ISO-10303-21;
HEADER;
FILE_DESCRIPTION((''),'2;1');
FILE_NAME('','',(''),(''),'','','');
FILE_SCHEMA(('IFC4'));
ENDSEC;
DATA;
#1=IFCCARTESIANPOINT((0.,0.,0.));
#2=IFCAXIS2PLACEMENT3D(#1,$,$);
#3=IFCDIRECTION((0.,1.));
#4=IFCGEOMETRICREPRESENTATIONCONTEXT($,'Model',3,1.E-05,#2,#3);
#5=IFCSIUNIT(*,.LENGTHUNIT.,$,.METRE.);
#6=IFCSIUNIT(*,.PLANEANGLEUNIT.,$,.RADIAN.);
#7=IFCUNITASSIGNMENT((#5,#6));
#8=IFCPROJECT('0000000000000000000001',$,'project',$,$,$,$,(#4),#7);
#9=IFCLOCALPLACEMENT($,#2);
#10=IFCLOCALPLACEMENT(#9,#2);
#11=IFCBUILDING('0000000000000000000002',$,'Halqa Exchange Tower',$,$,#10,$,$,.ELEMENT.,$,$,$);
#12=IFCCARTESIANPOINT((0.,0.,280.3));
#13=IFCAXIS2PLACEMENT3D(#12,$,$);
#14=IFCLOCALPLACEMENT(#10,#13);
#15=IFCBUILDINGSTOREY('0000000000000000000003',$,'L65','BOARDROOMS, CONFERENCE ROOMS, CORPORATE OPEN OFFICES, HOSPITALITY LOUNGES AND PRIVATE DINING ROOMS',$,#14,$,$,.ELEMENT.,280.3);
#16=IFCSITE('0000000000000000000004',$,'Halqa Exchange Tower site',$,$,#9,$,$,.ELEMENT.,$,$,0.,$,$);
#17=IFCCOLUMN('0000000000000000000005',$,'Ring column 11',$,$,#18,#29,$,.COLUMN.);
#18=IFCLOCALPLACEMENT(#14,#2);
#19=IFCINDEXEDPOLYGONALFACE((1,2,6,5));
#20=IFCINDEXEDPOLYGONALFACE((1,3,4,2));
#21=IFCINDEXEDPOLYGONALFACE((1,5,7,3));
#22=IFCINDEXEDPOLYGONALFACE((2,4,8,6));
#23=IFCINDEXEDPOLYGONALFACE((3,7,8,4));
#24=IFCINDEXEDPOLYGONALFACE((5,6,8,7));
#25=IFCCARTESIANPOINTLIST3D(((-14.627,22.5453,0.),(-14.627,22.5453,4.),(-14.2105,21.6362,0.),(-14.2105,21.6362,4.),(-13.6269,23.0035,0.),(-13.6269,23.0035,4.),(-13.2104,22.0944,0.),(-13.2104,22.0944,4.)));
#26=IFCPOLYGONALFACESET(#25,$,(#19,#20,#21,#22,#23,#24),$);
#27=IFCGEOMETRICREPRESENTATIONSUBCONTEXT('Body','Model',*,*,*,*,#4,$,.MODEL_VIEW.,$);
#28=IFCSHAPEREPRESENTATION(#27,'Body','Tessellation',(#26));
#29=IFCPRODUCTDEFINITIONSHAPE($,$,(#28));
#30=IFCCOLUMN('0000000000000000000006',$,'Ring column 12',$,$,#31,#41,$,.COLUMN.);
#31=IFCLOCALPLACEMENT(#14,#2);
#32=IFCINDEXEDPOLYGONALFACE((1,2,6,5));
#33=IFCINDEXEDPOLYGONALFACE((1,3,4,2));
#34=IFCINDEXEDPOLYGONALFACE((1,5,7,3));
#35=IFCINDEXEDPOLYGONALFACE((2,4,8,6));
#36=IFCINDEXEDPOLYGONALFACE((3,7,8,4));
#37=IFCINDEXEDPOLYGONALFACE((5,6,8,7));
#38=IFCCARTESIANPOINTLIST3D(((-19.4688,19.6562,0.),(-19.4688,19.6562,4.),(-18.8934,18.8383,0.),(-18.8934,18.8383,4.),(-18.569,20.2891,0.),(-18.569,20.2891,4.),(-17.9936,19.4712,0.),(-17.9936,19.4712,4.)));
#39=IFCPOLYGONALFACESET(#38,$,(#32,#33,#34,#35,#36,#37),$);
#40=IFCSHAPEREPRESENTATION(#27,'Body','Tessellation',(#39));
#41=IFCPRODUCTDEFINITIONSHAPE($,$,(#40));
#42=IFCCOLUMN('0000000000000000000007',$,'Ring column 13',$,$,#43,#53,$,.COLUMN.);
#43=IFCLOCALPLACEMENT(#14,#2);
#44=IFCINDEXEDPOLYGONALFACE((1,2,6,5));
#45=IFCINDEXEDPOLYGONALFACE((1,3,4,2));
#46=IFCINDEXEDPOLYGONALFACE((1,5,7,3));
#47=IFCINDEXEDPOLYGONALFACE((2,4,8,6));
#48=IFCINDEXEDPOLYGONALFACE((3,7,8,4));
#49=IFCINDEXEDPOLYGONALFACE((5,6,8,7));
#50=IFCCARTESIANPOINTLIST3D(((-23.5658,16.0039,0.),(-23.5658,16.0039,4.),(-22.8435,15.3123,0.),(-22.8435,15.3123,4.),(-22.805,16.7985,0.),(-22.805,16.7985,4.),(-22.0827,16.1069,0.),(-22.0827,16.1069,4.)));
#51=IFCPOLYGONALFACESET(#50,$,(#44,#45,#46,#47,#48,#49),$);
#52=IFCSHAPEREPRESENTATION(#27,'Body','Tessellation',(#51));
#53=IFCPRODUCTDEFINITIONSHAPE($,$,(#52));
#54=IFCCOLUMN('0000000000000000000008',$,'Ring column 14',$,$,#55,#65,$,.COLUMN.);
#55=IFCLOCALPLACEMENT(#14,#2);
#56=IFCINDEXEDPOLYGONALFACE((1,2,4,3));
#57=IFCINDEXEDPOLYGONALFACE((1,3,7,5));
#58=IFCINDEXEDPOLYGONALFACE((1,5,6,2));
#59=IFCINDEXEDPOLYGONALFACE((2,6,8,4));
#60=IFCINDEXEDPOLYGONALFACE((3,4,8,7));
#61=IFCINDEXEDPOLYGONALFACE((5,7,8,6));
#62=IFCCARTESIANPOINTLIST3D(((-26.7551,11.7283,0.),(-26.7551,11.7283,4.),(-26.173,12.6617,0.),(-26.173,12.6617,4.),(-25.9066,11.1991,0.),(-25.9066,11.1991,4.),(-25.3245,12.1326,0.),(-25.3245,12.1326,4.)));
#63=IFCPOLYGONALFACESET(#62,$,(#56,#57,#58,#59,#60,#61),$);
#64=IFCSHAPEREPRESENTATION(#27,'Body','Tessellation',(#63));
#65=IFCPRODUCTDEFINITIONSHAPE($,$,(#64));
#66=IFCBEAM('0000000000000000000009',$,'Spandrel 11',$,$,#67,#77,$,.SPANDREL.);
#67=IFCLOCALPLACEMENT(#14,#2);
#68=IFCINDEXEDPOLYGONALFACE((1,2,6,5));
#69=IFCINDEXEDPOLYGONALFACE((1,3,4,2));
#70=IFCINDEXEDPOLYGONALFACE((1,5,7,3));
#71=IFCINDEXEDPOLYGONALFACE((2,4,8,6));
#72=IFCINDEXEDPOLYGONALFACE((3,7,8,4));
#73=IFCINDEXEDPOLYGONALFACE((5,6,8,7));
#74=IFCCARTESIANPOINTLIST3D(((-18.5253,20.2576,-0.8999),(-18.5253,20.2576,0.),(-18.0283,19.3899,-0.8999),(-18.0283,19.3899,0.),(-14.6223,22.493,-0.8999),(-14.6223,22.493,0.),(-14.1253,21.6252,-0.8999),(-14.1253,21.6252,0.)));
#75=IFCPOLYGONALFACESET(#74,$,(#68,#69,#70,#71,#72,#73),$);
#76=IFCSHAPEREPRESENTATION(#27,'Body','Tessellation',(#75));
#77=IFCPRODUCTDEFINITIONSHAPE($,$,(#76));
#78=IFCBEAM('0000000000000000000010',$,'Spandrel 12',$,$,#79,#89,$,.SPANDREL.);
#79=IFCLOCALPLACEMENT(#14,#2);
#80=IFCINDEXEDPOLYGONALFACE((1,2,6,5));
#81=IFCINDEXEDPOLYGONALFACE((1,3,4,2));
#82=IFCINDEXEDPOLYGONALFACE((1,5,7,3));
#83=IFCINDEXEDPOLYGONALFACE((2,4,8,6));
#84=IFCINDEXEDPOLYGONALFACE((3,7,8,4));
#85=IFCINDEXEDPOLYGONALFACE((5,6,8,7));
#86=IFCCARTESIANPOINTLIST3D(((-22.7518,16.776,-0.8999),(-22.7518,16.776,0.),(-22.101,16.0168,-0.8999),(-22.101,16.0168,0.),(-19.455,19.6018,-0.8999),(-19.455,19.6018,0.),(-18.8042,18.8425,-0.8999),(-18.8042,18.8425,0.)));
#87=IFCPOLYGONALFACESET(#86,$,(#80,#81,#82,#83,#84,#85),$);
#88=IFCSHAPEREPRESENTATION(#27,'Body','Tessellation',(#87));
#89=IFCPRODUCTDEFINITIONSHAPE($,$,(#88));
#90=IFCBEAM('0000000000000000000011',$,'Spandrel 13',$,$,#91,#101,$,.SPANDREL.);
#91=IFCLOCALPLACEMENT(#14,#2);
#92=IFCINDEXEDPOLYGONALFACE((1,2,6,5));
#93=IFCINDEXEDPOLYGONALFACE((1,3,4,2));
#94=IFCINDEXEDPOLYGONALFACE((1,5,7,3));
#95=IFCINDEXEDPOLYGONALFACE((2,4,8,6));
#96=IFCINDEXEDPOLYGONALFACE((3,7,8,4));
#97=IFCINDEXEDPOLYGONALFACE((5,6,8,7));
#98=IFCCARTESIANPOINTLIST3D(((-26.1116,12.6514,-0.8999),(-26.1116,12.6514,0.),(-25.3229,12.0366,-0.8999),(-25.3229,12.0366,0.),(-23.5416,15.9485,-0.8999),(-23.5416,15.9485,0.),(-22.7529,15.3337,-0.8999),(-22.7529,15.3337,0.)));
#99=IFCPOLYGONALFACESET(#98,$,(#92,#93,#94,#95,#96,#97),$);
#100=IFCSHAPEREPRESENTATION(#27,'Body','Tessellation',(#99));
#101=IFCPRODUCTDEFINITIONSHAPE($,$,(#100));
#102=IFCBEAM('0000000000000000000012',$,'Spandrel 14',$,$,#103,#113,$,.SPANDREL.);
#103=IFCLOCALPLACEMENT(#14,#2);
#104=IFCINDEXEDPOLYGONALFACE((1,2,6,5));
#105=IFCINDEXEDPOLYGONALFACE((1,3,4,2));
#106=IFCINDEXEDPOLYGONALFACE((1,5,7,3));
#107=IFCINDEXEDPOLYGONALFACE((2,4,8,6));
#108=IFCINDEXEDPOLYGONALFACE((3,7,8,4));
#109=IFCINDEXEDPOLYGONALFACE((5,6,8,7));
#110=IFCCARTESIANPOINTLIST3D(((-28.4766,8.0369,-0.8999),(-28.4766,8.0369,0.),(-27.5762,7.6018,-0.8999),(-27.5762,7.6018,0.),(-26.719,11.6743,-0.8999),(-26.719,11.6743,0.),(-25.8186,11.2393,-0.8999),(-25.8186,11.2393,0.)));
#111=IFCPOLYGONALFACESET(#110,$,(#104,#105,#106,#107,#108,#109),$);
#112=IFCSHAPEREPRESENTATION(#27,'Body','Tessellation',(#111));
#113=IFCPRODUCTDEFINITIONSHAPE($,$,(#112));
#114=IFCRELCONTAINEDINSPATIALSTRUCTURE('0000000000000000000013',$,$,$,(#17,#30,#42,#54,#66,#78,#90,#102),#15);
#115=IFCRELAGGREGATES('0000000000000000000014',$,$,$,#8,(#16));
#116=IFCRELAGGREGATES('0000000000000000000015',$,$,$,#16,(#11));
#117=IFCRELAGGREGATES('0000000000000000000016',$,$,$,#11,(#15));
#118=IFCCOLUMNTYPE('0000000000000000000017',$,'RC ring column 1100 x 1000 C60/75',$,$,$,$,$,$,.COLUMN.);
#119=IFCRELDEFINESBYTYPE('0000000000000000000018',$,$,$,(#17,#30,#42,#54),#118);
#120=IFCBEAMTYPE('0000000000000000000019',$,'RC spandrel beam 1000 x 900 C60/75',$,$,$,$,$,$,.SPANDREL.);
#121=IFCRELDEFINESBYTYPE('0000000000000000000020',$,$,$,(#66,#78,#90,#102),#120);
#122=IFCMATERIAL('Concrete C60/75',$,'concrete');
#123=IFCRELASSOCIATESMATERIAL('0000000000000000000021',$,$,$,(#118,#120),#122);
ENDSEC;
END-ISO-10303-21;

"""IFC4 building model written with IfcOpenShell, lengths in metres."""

from ifc_helpers import new_model, si_unit, direction, frame, origin, origin_2d, place, context, subcontext, project, spatial, rectangle, extrude, material, material_profile, profile_set, type_object, element, save


model = new_model("IFC4")

# Units and contexts
model_context = context("Model", 3, precision=1e-05, world=origin(), true_north=direction((0.0, 1.0)))
body_context = subcontext(model_context, "Body", "Model", "MODEL_VIEW")
ifc_project = project(units=[si_unit("LENGTHUNIT", "METRE"), si_unit("PLANEANGLEUNIT", "RADIAN")], contexts=[model_context])

# Site, building, storey
site_placement = place(None, origin())
site = spatial("IfcSite", under=ifc_project, at=site_placement, Name="Halqa Exchange Tower site", CompositionType="ELEMENT", RefElevation=0.0)
building_placement = place(site_placement, origin())
building = spatial("IfcBuilding", under=site, at=building_placement, Name="Halqa Exchange Tower", CompositionType="ELEMENT")
storey_placement = place(building_placement, frame((0.0, 0.0, 280.3)))
storey = spatial("IfcBuildingStorey", under=building, at=storey_placement, Name="L65", Description="BOARDROOMS, CONFERENCE ROOMS, CORPORATE OPEN OFFICES, HOSPITALITY LOUNGES AND PRIVATE DINING ROOMS", CompositionType="ELEMENT", Elevation=280.3)

# Columns
ifc_material_1 = material(Name="Concrete C60/75", Category="concrete")
ifc_material_profile_1 = material_profile(ifc_material_1, rectangle(XDim=1.1001, YDim=1.0, at=origin_2d()), Name="1100 x 1000")
ifc_profile_set_1 = profile_set([ifc_material_profile_1], Name="Concrete C60/75")
column_type = type_object("IfcColumnType", Name="RC ring column 1100 x 1000 C60/75", PredefinedType="COLUMN", material=ifc_profile_set_1)
for number, where, z_axis, x_axis, name in (
    (1, (-13.9187, 22.3198, 0.0), (0.0, 0.0, 1.0), (-0.909129, -0.416514, 0.0), "Ring column 11"),
    (2, (-18.7312, 19.5637, 0.0), (0.0, 0.0, 1.0), (-0.817907, -0.575351, 0.0), "Ring column 12"),
    (3, (-22.8242, 16.0554, 0.0), (0.0, 0.0, 1.0), (-0.691577, -0.722302, 0.0), "Ring column 13"),
    (4, (-26.0398, 11.9304, 0.0), (0.0, 0.0, 1.0), (-0.529143, -0.848532, 0.0), "Ring column 14"),
):
    element("IfcColumn", number, at=place(storey_placement, frame(where, z_axis=z_axis, x_axis=x_axis)), inside=storey, type_object=column_type, Name=name, PredefinedType="COLUMN", context=body_context, shape_type="SweptSolid", body=[
        extrude(rectangle(XDim=1.1001, YDim=1.0, at=origin_2d()), origin(), (0.0, 0.0, 1.0), 4.0),
    ])

# Beams
ifc_material_profile_2 = material_profile(ifc_material_1, rectangle(XDim=1.0, YDim=0.8999, at=origin_2d()), Name="1000 x 900")
ifc_profile_set_2 = profile_set([ifc_material_profile_2], Name="Concrete C60/75")
beam_type = type_object("IfcBeamType", Name="RC spandrel beam 1000 x 900 C60/75", PredefinedType="SPANDREL", material=ifc_profile_set_2)
beam_1_placement = place(storey_placement, frame((-14.3738, 22.0591, -0.45), z_axis=(-0.867762, -0.49698, 0.0), x_axis=(0.49698, -0.867762, 0.0)))
element("IfcBeam", 5, at=beam_1_placement, inside=storey, type_object=beam_type, Name="Spandrel 11", PredefinedType="SPANDREL", context=body_context, shape_type="SweptSolid", body=[
    extrude(rectangle(XDim=1.0, YDim=0.8999, at=origin_2d()), origin(), (0.0, 0.0, 1.0), 4.4978),
])
beam_2_placement = place(storey_placement, frame((-19.1296, 19.2222, -0.45), z_axis=(-0.759257, -0.650791, 0.0), x_axis=(0.650791, -0.759257, 0.0)))
element("IfcBeam", 6, at=beam_2_placement, inside=storey, type_object=beam_type, Name="Spandrel 12", PredefinedType="SPANDREL", context=body_context, shape_type="SweptSolid", body=[
    extrude(rectangle(XDim=1.0, YDim=0.8999, at=origin_2d()), origin(), (0.0, 0.0, 1.0), 4.342),
])
beam_3_placement = place(storey_placement, frame((-23.1472, 15.6411, -0.45), z_axis=(-0.614781, -0.788698, 0.0), x_axis=(0.788698, -0.614781, 0.0)))
element("IfcBeam", 7, at=beam_3_placement, inside=storey, type_object=beam_type, Name="Spandrel 13", PredefinedType="SPANDREL", context=body_context, shape_type="SweptSolid", body=[
    extrude(rectangle(XDim=1.0, YDim=0.8999, at=origin_2d()), origin(), (0.0, 0.0, 1.0), 4.1804),
])
beam_4_placement = place(storey_placement, frame((-26.2688, 11.4568, -0.45), z_axis=(-0.435062, -0.900401, 0.0), x_axis=(0.900401, -0.435062, 0.0)))
element("IfcBeam", 8, at=beam_4_placement, inside=storey, type_object=beam_type, Name="Spandrel 14", PredefinedType="SPANDREL", context=body_context, shape_type="SweptSolid", body=[
    extrude(rectangle(XDim=1.0, YDim=0.8999, at=origin_2d()), origin(), (0.0, 0.0, 1.0), 4.0398),
])

save(model, "model.ifc")
